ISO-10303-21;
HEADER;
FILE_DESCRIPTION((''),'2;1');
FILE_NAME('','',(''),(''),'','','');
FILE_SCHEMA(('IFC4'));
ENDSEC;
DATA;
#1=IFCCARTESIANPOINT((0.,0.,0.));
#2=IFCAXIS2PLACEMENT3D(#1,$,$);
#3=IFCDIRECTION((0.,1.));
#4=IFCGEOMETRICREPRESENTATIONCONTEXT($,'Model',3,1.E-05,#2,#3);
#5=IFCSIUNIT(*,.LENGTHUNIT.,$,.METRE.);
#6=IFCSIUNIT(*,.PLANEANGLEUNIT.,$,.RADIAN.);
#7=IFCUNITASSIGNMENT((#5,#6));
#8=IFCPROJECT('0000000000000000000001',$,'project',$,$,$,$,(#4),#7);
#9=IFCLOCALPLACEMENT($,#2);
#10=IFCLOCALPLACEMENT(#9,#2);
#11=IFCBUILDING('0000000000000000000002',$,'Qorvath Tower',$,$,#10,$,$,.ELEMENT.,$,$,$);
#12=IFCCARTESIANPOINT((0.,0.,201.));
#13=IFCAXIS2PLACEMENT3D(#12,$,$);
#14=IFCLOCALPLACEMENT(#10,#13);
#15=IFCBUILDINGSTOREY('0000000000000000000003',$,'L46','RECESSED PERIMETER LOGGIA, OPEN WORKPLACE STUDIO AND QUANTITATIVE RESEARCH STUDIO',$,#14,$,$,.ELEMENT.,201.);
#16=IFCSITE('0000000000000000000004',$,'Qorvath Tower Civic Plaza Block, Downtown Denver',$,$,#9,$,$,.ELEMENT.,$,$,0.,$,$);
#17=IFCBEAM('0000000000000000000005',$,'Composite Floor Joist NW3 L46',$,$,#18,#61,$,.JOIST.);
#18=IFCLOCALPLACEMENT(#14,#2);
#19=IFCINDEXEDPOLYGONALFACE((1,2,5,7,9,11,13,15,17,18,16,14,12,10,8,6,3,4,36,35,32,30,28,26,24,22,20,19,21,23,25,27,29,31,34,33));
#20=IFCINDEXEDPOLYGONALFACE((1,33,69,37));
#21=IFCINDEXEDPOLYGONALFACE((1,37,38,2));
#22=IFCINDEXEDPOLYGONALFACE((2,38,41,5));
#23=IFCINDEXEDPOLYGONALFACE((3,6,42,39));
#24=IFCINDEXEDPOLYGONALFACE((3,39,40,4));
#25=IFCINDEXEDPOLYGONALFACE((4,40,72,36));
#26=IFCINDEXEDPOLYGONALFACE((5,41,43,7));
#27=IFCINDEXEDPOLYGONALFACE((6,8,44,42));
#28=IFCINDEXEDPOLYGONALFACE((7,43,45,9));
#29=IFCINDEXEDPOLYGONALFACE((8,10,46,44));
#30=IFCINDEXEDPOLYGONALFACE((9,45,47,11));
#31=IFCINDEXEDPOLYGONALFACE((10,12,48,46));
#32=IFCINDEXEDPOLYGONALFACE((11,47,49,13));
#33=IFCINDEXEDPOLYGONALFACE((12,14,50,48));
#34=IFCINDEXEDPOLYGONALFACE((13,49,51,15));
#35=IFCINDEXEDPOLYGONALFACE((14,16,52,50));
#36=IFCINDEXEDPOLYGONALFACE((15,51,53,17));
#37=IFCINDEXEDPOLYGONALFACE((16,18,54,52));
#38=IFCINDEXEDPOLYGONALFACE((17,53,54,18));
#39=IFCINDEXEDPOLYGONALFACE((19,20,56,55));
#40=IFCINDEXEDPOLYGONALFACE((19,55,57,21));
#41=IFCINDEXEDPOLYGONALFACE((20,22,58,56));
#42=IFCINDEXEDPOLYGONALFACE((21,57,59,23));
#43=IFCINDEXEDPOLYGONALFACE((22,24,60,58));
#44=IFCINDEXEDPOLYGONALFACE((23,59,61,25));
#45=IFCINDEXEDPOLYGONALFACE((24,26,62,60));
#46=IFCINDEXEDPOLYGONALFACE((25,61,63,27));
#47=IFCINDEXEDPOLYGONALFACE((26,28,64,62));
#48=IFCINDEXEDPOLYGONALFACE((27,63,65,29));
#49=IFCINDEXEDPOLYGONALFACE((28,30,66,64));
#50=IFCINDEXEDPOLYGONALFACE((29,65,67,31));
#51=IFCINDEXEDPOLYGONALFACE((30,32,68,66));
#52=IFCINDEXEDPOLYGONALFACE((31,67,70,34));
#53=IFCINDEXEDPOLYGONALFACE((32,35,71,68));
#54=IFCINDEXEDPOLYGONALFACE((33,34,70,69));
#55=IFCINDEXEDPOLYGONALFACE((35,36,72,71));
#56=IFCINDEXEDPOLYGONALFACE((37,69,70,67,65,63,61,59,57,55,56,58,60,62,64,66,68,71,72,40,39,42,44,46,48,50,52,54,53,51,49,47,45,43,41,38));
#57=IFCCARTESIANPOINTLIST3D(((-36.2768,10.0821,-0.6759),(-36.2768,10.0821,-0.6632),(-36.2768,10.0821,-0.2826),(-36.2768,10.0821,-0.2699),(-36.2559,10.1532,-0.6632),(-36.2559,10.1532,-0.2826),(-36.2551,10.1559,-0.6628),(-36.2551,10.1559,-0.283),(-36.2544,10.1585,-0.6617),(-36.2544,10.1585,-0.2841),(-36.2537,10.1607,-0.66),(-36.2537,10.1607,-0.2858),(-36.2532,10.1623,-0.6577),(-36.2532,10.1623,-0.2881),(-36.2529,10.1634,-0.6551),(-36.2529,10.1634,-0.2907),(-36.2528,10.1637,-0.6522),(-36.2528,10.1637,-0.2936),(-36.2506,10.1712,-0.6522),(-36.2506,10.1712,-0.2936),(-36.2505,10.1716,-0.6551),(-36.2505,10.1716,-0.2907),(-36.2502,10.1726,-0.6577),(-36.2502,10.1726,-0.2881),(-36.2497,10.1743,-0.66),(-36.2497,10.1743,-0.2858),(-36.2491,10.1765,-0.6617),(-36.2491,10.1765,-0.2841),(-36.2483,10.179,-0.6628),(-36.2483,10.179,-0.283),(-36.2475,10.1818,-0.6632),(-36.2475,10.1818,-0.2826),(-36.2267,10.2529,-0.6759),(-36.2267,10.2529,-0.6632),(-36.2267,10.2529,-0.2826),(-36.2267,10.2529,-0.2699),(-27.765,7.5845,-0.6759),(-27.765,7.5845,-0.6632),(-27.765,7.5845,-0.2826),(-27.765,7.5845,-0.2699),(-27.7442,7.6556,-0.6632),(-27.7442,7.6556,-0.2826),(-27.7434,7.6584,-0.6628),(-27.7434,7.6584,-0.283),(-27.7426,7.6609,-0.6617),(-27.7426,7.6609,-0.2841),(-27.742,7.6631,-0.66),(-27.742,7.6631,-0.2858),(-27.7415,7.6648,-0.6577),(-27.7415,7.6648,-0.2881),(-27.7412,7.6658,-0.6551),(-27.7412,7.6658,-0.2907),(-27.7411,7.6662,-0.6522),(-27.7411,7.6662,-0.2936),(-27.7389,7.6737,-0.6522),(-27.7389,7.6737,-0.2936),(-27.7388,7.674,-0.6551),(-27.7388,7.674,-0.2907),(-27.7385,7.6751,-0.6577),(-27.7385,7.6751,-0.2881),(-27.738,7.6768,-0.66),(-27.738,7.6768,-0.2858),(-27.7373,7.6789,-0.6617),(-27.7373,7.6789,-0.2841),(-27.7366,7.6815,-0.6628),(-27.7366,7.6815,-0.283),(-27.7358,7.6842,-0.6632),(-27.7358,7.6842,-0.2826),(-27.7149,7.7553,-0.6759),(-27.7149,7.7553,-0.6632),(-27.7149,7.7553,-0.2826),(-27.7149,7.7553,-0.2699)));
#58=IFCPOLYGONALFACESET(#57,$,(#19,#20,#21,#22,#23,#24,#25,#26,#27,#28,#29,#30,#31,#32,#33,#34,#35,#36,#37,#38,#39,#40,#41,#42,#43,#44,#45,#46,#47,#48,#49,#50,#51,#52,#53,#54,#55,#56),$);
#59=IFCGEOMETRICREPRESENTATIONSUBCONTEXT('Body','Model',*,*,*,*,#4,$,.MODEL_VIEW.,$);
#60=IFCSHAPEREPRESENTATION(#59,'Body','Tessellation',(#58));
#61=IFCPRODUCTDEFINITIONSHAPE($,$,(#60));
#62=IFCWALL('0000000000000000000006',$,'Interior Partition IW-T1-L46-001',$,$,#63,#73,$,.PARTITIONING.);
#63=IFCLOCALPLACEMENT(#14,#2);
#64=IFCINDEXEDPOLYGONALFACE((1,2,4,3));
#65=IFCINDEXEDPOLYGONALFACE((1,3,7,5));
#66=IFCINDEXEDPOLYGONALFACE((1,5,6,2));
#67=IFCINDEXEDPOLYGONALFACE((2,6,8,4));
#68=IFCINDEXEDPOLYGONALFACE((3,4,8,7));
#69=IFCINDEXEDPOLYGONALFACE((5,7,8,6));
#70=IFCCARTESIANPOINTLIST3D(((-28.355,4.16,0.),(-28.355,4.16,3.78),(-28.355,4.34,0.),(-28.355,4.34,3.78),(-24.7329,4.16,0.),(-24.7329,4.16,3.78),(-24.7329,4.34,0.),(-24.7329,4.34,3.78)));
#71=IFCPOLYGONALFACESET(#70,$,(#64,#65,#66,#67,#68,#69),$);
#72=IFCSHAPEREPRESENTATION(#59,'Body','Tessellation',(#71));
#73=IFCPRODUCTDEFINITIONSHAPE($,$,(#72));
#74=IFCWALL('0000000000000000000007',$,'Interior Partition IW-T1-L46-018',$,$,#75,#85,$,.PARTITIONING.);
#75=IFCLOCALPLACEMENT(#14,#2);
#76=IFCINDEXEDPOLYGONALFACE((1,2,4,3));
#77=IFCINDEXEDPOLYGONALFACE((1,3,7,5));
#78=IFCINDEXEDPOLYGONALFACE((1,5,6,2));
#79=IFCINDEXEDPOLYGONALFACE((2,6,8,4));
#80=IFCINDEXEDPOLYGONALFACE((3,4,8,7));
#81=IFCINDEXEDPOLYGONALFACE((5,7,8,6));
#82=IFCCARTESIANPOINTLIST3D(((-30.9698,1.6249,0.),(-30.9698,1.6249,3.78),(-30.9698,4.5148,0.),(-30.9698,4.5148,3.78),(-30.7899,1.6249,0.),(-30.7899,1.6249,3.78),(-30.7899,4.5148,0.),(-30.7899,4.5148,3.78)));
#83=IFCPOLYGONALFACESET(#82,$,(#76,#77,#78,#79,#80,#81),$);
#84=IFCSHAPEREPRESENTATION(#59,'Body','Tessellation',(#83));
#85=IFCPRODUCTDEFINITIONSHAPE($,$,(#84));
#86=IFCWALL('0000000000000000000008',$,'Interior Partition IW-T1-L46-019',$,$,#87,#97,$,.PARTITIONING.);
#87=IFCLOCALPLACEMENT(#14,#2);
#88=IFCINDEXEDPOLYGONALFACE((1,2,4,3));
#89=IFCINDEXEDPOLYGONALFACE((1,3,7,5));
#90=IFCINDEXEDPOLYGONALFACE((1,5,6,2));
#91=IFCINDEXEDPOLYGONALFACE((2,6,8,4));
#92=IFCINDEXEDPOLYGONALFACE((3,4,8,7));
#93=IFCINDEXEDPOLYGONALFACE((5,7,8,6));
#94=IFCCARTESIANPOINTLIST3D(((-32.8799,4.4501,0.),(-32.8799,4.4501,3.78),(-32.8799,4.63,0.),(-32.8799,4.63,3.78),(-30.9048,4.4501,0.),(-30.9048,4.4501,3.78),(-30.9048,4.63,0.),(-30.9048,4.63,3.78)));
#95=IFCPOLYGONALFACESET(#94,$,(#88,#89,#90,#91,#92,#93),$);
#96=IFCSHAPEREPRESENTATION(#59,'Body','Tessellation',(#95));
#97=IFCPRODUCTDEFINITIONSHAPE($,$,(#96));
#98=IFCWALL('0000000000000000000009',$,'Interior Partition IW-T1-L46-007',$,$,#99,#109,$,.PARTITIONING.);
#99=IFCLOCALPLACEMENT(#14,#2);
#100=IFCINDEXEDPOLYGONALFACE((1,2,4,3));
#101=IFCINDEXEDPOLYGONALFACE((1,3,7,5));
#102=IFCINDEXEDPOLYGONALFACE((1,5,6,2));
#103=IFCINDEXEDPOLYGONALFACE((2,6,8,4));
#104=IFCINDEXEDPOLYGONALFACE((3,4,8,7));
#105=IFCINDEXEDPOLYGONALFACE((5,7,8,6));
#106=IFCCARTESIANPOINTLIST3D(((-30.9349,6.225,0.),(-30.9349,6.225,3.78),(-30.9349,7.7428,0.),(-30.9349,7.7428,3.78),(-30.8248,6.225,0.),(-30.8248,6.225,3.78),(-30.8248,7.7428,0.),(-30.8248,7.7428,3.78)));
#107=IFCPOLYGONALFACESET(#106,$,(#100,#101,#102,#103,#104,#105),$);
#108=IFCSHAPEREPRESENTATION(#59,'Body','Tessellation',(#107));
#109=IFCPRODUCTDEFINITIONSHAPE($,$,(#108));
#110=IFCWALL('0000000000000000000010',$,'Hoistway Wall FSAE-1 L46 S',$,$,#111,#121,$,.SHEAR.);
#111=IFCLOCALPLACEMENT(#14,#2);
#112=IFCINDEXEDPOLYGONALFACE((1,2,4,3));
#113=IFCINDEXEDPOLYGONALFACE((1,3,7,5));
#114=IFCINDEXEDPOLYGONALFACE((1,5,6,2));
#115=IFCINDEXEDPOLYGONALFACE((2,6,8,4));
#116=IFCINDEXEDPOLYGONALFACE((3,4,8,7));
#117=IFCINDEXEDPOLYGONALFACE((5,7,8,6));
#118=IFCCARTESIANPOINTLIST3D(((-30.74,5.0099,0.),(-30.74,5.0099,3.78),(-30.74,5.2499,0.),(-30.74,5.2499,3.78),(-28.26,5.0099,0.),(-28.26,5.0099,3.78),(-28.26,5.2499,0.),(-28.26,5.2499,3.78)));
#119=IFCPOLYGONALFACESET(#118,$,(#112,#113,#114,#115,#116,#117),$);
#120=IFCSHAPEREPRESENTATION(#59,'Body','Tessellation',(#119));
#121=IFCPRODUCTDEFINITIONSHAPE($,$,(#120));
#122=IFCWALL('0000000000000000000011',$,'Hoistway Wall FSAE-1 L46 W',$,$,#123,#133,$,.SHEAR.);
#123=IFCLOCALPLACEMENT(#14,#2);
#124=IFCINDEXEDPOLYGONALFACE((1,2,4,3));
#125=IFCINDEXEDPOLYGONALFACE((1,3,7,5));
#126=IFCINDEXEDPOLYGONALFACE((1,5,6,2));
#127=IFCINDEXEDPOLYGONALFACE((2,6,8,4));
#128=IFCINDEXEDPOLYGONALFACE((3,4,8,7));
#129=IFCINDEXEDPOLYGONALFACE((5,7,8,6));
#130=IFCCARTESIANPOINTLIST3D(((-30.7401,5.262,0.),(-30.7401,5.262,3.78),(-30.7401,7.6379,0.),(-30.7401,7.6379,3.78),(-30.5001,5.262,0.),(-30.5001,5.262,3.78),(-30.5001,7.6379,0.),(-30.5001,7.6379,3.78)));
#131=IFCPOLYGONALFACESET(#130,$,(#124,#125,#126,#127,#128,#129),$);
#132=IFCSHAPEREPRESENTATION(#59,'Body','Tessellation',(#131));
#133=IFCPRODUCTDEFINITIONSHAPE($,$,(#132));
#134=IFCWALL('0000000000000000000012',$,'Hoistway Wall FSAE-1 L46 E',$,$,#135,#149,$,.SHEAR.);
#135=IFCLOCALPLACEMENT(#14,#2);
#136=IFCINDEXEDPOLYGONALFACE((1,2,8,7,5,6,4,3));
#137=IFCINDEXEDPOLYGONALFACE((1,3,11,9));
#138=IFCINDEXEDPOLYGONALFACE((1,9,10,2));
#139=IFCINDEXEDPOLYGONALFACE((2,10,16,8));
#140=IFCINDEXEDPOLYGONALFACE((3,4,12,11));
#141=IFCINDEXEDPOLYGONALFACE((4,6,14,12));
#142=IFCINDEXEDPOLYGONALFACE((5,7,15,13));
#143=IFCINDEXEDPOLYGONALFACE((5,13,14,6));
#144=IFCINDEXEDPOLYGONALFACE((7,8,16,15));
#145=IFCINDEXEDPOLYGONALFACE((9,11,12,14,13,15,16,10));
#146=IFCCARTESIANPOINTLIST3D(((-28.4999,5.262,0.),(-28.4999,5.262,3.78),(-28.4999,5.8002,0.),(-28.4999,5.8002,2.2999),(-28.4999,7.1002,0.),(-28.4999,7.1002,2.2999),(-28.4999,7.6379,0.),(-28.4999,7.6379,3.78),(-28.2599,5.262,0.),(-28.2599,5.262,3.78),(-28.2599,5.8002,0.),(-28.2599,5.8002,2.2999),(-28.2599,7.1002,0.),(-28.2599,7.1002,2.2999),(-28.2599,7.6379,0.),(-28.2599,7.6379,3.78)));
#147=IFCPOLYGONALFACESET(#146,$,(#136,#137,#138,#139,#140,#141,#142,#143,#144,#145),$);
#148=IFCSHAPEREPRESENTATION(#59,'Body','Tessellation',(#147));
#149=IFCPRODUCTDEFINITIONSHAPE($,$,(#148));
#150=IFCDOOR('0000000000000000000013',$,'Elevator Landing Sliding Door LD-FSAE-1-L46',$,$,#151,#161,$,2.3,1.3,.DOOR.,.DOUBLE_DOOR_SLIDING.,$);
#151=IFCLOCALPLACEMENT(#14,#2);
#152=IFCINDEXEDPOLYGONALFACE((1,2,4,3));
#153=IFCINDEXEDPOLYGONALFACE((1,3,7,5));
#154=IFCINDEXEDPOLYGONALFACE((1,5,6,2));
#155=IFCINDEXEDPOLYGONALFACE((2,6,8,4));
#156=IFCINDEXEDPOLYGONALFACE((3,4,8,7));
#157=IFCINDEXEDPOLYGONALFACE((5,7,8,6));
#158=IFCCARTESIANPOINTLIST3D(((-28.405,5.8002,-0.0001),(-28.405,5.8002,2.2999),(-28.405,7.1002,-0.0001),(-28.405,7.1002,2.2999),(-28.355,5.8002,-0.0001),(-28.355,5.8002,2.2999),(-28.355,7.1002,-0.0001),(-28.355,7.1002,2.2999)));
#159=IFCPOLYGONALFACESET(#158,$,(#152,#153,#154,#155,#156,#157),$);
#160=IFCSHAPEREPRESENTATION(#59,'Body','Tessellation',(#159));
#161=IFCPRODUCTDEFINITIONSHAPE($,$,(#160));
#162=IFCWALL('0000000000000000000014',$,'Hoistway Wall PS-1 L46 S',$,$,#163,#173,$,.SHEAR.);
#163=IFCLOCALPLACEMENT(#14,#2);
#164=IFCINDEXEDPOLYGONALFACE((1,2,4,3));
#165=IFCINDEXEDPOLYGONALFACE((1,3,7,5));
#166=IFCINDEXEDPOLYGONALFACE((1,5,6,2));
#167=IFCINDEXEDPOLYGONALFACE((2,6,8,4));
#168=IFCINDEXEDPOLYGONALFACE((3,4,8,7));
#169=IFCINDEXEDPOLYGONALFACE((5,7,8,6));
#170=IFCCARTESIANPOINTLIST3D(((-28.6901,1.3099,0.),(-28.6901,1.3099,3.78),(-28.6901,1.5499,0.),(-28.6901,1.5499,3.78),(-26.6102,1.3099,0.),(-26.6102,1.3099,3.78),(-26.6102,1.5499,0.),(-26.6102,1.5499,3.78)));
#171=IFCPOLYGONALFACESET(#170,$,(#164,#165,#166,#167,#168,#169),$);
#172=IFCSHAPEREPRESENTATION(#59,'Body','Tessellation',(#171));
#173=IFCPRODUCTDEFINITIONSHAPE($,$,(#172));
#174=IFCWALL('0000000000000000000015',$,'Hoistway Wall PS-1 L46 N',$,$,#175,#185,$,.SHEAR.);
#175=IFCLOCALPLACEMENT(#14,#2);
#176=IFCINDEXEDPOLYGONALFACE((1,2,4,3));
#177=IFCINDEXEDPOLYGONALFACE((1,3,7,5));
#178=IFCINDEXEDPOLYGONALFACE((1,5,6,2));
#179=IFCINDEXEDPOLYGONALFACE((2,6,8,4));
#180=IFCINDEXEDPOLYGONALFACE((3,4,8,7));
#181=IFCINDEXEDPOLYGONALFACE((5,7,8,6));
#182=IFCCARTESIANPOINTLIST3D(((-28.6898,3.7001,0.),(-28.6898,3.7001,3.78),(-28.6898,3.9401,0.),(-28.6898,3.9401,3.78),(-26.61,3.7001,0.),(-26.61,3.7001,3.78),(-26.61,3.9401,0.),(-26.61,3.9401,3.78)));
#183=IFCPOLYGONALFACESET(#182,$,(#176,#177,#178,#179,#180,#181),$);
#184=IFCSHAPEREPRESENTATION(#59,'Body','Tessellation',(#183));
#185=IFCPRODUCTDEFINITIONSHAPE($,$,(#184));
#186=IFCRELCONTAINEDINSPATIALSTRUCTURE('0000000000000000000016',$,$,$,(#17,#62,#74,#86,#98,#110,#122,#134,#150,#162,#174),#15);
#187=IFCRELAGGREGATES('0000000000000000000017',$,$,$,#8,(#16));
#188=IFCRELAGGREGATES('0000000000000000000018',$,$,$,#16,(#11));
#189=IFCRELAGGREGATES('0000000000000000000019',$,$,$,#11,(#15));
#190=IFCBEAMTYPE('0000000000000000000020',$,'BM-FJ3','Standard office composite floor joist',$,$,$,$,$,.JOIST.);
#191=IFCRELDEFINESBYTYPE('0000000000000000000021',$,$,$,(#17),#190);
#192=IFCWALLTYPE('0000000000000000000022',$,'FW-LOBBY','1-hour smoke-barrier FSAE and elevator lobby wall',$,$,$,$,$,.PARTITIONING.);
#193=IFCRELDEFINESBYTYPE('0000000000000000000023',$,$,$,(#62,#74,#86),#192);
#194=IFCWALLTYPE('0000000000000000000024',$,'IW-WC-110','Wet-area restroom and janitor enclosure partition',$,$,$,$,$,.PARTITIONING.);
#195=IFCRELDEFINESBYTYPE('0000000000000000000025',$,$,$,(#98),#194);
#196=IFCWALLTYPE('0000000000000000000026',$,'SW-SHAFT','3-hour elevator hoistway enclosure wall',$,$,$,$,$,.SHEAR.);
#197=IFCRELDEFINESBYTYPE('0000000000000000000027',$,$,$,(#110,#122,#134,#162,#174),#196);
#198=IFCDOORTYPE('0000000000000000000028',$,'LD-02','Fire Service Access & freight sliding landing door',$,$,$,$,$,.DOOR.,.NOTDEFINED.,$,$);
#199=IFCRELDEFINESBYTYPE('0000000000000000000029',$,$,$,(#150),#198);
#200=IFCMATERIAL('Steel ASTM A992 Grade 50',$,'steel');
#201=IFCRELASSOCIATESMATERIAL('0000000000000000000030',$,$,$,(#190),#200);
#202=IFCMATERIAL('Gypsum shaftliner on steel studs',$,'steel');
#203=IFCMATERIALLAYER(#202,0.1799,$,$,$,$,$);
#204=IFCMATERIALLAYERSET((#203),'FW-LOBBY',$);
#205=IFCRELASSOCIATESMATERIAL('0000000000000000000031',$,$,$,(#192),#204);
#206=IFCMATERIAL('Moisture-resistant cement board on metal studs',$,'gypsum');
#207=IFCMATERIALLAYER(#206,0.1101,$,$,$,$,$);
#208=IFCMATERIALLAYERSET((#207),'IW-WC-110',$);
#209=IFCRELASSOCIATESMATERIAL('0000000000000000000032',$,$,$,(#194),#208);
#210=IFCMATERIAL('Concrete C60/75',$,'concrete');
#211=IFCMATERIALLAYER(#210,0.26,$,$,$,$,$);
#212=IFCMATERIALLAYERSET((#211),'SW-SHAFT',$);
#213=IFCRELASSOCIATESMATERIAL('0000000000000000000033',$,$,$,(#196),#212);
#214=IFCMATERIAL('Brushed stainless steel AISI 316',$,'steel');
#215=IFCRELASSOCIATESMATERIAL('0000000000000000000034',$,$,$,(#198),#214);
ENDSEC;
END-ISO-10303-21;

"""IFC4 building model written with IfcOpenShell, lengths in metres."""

from ifc_helpers import new_model, si_unit, direction, frame, frame_2d, origin, origin_2d, place, context, subcontext, project, spatial, rectangle, i_section, extrude, material, layer, layer_set, material_profile, profile_set, type_object, element, fill, save


model = new_model("IFC4")

# Units and contexts
model_context = context("Model", 3, precision=1e-05, world=origin(), true_north=direction((0.0, 1.0)))
body_context = subcontext(model_context, "Body", "Model", "MODEL_VIEW")
ifc_project = project(units=[si_unit("LENGTHUNIT", "METRE"), si_unit("PLANEANGLEUNIT", "RADIAN")], contexts=[model_context])

# Site, building, storey
site_placement = place(None, origin())
site = spatial("IfcSite", under=ifc_project, at=site_placement, Name="Qorvath Tower Civic Plaza Block, Downtown Denver", CompositionType="ELEMENT", RefElevation=0.0)
building_placement = place(site_placement, origin())
building = spatial("IfcBuilding", under=site, at=building_placement, Name="Qorvath Tower", CompositionType="ELEMENT")
storey_placement = place(building_placement, frame((0.0, 0.0, 201.0)))
storey = spatial("IfcBuildingStorey", under=building, at=storey_placement, Name="L46", Description="RECESSED PERIMETER LOGGIA, OPEN WORKPLACE STUDIO AND QUANTITATIVE RESEARCH STUDIO", CompositionType="ELEMENT", Elevation=201.0)

# Beam
ifc_material_1 = material(Name="Steel ASTM A992 Grade 50", Category="steel")
ifc_material_profile_1 = material_profile(ifc_material_1, i_section(OverallWidth=0.178, OverallDepth=0.406, WebThickness=0.0078, FlangeThickness=0.0127, FilletRadius=0.011, at=origin_2d()), Name="W16x40")
ifc_profile_set_1 = profile_set([ifc_material_profile_1], Name="Steel ASTM A992 Grade 50")
beam_type_1 = type_object("IfcBeamType", Name="BM-FJ3", Description="Standard office composite floor joist", PredefinedType="JOIST", material=ifc_profile_set_1)
beam_1_placement = place(storey_placement, frame((-27.74, 7.6699, -0.4729), z_axis=(-0.959545, 0.281555, 0.0), x_axis=(-0.281555, -0.959545, 0.0)))
element("IfcBeam", 1, at=beam_1_placement, inside=storey, type_object=beam_type_1, Name="Composite Floor Joist NW3 L46", PredefinedType="JOIST", context=body_context, shape_type="SweptSolid", body=[
    extrude(i_section(OverallWidth=0.178, OverallDepth=0.406, WebThickness=0.0078, FlangeThickness=0.0127, FilletRadius=0.011, at=origin_2d()), origin(), (0.0, 0.0, 1.0), 8.8706),
])

# Walls
ifc_material_2 = material(Name="Gypsum shaftliner on steel studs", Category="steel")
ifc_layer_1 = layer(ifc_material_2, 0.1799)
ifc_layer_set_1 = layer_set([ifc_layer_1], Name="FW-LOBBY")
wall_type_1 = type_object("IfcWallType", Name="FW-LOBBY", Description="1-hour smoke-barrier FSAE and elevator lobby wall", PredefinedType="PARTITIONING", material=ifc_layer_set_1)
wall_1_placement = place(storey_placement, frame((-28.355, 4.25, 0.0), z_axis=(0.0, 0.0, 1.0), x_axis=(1.0, 0.0, 0.0)))
element("IfcWall", 2, at=wall_1_placement, inside=storey, type_object=wall_type_1, Name="Interior Partition IW-T1-L46-001", PredefinedType="PARTITIONING", context=body_context, shape_type="SweptSolid", body=[
    extrude(rectangle(XDim=3.6221, YDim=0.1799, at=frame_2d((1.811, 0.0))), origin(), (0.0, 0.0, 1.0), 3.78),
])
wall_2_placement = place(storey_placement, frame((-30.8799, 1.625, 0.0), z_axis=(0.0, 0.0, 1.0), x_axis=(0.0, 1.0, 0.0)))
element("IfcWall", 3, at=wall_2_placement, inside=storey, type_object=wall_type_1, Name="Interior Partition IW-T1-L46-018", PredefinedType="PARTITIONING", context=body_context, shape_type="SweptSolid", body=[
    extrude(rectangle(XDim=2.8899, YDim=0.1799, at=frame_2d((1.4448, 0.0))), origin(), (0.0, 0.0, 1.0), 3.78),
])
wall_3_placement = place(storey_placement, frame((-30.9048, 4.54, 0.0), z_axis=(0.0, 0.0, 1.0), x_axis=(-1.0, 0.0, 0.0)))
element("IfcWall", 4, at=wall_3_placement, inside=storey, type_object=wall_type_1, Name="Interior Partition IW-T1-L46-019", PredefinedType="PARTITIONING", context=body_context, shape_type="SweptSolid", body=[
    extrude(rectangle(XDim=1.9751, YDim=0.1799, at=frame_2d((0.9875, 0.0))), origin(), (0.0, 0.0, 1.0), 3.78),
])
ifc_material_3 = material(Name="Moisture-resistant cement board on metal studs", Category="gypsum")
ifc_layer_2 = layer(ifc_material_3, 0.1101)
ifc_layer_set_2 = layer_set([ifc_layer_2], Name="IW-WC-110")
wall_type_2 = type_object("IfcWallType", Name="IW-WC-110", Description="Wet-area restroom and janitor enclosure partition", PredefinedType="PARTITIONING", material=ifc_layer_set_2)
wall_4_placement = place(storey_placement, frame((-30.8799, 6.2251, 0.0), z_axis=(0.0, 0.0, 1.0), x_axis=(0.0, 1.0, 0.0)))
element("IfcWall", 5, at=wall_4_placement, inside=storey, type_object=wall_type_2, Name="Interior Partition IW-T1-L46-007", PredefinedType="PARTITIONING", context=body_context, shape_type="SweptSolid", body=[
    extrude(rectangle(XDim=1.5178, YDim=0.1101, at=frame_2d((0.7588, 0.0))), origin(), (0.0, 0.0, 1.0), 3.78),
])
ifc_material_4 = material(Name="Concrete C60/75", Category="concrete")
ifc_layer_3 = layer(ifc_material_4, 0.26)
ifc_layer_set_3 = layer_set([ifc_layer_3], Name="SW-SHAFT")
wall_type_3 = type_object("IfcWallType", Name="SW-SHAFT", Description="3-hour elevator hoistway enclosure wall", PredefinedType="SHEAR", material=ifc_layer_set_3)
wall_5_placement = place(storey_placement, frame((-28.26, 5.1299, 0.0), z_axis=(0.0, 0.0, 1.0), x_axis=(-1.0, 0.0, 0.0)))
element("IfcWall", 6, at=wall_5_placement, inside=storey, type_object=wall_type_3, Name="Hoistway Wall FSAE-1 L46 S", PredefinedType="SHEAR", context=body_context, shape_type="SweptSolid", body=[
    extrude(rectangle(XDim=2.48, YDim=0.24, at=frame_2d((1.24, 0.0))), origin(), (0.0, 0.0, 1.0), 3.78),
])
wall_6_placement = place(storey_placement, frame((-30.6201, 5.262, 0.0), z_axis=(0.0, 0.0, 1.0), x_axis=(0.0, 1.0, 0.0)))
element("IfcWall", 7, at=wall_6_placement, inside=storey, type_object=wall_type_3, Name="Hoistway Wall FSAE-1 L46 W", PredefinedType="SHEAR", context=body_context, shape_type="SweptSolid", body=[
    extrude(rectangle(XDim=2.376, YDim=0.24, at=frame_2d((1.188, 0.0))), origin(), (0.0, 0.0, 1.0), 3.78),
])

# Wall, opening, door
wall_7_placement = place(storey_placement, frame((-28.3799, 7.6379, 0.0), z_axis=(0.0, 0.0, 1.0), x_axis=(0.0, -1.0, 0.0)))
wall_7 = element("IfcWall", 8, at=wall_7_placement, inside=storey, type_object=wall_type_3, Name="Hoistway Wall FSAE-1 L46 E", PredefinedType="SHEAR", context=body_context, shape_type="SweptSolid", body=[
    extrude(rectangle(XDim=2.376, YDim=0.24, at=frame_2d((1.188, 0.0))), origin(), (0.0, 0.0, 1.0), 3.78),
])
opening_placement = place(wall_7_placement, frame((0.5378, 0.0, 0.0)))
opening = element("IfcOpeningElement", 9, at=opening_placement, cuts=wall_7, PredefinedType="OPENING", context=body_context, shape_type="SweptSolid", body=[
    extrude(rectangle(XDim=1.3, YDim=2.3, at=frame_2d((0.6499, 1.1499))), frame((0.0, 0.1299, 0.0), z_axis=(0.0, -1.0, 0.0), x_axis=(1.0, 0.0, 0.0)), (0.0, 0.0, 1.0), 0.26),
])
ifc_material_5 = material(Name="Brushed stainless steel AISI 316", Category="steel")
door_type = type_object("IfcDoorType", Name="LD-02", Description="Fire Service Access & freight sliding landing door", OperationType="NOTDEFINED", PredefinedType="DOOR", material=ifc_material_5)
door_placement = place(opening_placement, origin())
door = element("IfcDoor", 10, at=door_placement, inside=storey, type_object=door_type, Name="Elevator Landing Sliding Door LD-FSAE-1-L46", OperationType="DOUBLE_DOOR_SLIDING", OverallHeight=2.3, OverallWidth=1.3, PredefinedType="DOOR", context=body_context, shape_type="SweptSolid", body=[
    extrude(rectangle(XDim=1.3, YDim=2.3, at=frame_2d((0.6499, 1.1499))), frame((0.0, 0.0249, 0.0), z_axis=(0.0, -1.0, 0.0), x_axis=(1.0, 0.0, 0.0)), (0.0, 0.0, 1.0), 0.05),
])
fill(opening, door)

# Walls
for number, where, z_axis, x_axis, name in (
    (11, (-26.6101, 1.4299, 0.0), (0.0, 0.0, 1.0), (-1.0, 0.0, 0.0), "Hoistway Wall PS-1 L46 S"),
    (12, (-28.6899, 3.8201, 0.0), (0.0, 0.0, 1.0), (1.0, 0.0, 0.0), "Hoistway Wall PS-1 L46 N"),
):
    element("IfcWall", number, at=place(storey_placement, frame(where, z_axis=z_axis, x_axis=x_axis)), inside=storey, type_object=wall_type_3, Name=name, PredefinedType="SHEAR", context=body_context, shape_type="SweptSolid", body=[
        extrude(rectangle(XDim=2.0798, YDim=0.24, at=frame_2d((1.04, 0.0))), origin(), (0.0, 0.0, 1.0), 3.78),
    ])

save(model, "model.ifc")
